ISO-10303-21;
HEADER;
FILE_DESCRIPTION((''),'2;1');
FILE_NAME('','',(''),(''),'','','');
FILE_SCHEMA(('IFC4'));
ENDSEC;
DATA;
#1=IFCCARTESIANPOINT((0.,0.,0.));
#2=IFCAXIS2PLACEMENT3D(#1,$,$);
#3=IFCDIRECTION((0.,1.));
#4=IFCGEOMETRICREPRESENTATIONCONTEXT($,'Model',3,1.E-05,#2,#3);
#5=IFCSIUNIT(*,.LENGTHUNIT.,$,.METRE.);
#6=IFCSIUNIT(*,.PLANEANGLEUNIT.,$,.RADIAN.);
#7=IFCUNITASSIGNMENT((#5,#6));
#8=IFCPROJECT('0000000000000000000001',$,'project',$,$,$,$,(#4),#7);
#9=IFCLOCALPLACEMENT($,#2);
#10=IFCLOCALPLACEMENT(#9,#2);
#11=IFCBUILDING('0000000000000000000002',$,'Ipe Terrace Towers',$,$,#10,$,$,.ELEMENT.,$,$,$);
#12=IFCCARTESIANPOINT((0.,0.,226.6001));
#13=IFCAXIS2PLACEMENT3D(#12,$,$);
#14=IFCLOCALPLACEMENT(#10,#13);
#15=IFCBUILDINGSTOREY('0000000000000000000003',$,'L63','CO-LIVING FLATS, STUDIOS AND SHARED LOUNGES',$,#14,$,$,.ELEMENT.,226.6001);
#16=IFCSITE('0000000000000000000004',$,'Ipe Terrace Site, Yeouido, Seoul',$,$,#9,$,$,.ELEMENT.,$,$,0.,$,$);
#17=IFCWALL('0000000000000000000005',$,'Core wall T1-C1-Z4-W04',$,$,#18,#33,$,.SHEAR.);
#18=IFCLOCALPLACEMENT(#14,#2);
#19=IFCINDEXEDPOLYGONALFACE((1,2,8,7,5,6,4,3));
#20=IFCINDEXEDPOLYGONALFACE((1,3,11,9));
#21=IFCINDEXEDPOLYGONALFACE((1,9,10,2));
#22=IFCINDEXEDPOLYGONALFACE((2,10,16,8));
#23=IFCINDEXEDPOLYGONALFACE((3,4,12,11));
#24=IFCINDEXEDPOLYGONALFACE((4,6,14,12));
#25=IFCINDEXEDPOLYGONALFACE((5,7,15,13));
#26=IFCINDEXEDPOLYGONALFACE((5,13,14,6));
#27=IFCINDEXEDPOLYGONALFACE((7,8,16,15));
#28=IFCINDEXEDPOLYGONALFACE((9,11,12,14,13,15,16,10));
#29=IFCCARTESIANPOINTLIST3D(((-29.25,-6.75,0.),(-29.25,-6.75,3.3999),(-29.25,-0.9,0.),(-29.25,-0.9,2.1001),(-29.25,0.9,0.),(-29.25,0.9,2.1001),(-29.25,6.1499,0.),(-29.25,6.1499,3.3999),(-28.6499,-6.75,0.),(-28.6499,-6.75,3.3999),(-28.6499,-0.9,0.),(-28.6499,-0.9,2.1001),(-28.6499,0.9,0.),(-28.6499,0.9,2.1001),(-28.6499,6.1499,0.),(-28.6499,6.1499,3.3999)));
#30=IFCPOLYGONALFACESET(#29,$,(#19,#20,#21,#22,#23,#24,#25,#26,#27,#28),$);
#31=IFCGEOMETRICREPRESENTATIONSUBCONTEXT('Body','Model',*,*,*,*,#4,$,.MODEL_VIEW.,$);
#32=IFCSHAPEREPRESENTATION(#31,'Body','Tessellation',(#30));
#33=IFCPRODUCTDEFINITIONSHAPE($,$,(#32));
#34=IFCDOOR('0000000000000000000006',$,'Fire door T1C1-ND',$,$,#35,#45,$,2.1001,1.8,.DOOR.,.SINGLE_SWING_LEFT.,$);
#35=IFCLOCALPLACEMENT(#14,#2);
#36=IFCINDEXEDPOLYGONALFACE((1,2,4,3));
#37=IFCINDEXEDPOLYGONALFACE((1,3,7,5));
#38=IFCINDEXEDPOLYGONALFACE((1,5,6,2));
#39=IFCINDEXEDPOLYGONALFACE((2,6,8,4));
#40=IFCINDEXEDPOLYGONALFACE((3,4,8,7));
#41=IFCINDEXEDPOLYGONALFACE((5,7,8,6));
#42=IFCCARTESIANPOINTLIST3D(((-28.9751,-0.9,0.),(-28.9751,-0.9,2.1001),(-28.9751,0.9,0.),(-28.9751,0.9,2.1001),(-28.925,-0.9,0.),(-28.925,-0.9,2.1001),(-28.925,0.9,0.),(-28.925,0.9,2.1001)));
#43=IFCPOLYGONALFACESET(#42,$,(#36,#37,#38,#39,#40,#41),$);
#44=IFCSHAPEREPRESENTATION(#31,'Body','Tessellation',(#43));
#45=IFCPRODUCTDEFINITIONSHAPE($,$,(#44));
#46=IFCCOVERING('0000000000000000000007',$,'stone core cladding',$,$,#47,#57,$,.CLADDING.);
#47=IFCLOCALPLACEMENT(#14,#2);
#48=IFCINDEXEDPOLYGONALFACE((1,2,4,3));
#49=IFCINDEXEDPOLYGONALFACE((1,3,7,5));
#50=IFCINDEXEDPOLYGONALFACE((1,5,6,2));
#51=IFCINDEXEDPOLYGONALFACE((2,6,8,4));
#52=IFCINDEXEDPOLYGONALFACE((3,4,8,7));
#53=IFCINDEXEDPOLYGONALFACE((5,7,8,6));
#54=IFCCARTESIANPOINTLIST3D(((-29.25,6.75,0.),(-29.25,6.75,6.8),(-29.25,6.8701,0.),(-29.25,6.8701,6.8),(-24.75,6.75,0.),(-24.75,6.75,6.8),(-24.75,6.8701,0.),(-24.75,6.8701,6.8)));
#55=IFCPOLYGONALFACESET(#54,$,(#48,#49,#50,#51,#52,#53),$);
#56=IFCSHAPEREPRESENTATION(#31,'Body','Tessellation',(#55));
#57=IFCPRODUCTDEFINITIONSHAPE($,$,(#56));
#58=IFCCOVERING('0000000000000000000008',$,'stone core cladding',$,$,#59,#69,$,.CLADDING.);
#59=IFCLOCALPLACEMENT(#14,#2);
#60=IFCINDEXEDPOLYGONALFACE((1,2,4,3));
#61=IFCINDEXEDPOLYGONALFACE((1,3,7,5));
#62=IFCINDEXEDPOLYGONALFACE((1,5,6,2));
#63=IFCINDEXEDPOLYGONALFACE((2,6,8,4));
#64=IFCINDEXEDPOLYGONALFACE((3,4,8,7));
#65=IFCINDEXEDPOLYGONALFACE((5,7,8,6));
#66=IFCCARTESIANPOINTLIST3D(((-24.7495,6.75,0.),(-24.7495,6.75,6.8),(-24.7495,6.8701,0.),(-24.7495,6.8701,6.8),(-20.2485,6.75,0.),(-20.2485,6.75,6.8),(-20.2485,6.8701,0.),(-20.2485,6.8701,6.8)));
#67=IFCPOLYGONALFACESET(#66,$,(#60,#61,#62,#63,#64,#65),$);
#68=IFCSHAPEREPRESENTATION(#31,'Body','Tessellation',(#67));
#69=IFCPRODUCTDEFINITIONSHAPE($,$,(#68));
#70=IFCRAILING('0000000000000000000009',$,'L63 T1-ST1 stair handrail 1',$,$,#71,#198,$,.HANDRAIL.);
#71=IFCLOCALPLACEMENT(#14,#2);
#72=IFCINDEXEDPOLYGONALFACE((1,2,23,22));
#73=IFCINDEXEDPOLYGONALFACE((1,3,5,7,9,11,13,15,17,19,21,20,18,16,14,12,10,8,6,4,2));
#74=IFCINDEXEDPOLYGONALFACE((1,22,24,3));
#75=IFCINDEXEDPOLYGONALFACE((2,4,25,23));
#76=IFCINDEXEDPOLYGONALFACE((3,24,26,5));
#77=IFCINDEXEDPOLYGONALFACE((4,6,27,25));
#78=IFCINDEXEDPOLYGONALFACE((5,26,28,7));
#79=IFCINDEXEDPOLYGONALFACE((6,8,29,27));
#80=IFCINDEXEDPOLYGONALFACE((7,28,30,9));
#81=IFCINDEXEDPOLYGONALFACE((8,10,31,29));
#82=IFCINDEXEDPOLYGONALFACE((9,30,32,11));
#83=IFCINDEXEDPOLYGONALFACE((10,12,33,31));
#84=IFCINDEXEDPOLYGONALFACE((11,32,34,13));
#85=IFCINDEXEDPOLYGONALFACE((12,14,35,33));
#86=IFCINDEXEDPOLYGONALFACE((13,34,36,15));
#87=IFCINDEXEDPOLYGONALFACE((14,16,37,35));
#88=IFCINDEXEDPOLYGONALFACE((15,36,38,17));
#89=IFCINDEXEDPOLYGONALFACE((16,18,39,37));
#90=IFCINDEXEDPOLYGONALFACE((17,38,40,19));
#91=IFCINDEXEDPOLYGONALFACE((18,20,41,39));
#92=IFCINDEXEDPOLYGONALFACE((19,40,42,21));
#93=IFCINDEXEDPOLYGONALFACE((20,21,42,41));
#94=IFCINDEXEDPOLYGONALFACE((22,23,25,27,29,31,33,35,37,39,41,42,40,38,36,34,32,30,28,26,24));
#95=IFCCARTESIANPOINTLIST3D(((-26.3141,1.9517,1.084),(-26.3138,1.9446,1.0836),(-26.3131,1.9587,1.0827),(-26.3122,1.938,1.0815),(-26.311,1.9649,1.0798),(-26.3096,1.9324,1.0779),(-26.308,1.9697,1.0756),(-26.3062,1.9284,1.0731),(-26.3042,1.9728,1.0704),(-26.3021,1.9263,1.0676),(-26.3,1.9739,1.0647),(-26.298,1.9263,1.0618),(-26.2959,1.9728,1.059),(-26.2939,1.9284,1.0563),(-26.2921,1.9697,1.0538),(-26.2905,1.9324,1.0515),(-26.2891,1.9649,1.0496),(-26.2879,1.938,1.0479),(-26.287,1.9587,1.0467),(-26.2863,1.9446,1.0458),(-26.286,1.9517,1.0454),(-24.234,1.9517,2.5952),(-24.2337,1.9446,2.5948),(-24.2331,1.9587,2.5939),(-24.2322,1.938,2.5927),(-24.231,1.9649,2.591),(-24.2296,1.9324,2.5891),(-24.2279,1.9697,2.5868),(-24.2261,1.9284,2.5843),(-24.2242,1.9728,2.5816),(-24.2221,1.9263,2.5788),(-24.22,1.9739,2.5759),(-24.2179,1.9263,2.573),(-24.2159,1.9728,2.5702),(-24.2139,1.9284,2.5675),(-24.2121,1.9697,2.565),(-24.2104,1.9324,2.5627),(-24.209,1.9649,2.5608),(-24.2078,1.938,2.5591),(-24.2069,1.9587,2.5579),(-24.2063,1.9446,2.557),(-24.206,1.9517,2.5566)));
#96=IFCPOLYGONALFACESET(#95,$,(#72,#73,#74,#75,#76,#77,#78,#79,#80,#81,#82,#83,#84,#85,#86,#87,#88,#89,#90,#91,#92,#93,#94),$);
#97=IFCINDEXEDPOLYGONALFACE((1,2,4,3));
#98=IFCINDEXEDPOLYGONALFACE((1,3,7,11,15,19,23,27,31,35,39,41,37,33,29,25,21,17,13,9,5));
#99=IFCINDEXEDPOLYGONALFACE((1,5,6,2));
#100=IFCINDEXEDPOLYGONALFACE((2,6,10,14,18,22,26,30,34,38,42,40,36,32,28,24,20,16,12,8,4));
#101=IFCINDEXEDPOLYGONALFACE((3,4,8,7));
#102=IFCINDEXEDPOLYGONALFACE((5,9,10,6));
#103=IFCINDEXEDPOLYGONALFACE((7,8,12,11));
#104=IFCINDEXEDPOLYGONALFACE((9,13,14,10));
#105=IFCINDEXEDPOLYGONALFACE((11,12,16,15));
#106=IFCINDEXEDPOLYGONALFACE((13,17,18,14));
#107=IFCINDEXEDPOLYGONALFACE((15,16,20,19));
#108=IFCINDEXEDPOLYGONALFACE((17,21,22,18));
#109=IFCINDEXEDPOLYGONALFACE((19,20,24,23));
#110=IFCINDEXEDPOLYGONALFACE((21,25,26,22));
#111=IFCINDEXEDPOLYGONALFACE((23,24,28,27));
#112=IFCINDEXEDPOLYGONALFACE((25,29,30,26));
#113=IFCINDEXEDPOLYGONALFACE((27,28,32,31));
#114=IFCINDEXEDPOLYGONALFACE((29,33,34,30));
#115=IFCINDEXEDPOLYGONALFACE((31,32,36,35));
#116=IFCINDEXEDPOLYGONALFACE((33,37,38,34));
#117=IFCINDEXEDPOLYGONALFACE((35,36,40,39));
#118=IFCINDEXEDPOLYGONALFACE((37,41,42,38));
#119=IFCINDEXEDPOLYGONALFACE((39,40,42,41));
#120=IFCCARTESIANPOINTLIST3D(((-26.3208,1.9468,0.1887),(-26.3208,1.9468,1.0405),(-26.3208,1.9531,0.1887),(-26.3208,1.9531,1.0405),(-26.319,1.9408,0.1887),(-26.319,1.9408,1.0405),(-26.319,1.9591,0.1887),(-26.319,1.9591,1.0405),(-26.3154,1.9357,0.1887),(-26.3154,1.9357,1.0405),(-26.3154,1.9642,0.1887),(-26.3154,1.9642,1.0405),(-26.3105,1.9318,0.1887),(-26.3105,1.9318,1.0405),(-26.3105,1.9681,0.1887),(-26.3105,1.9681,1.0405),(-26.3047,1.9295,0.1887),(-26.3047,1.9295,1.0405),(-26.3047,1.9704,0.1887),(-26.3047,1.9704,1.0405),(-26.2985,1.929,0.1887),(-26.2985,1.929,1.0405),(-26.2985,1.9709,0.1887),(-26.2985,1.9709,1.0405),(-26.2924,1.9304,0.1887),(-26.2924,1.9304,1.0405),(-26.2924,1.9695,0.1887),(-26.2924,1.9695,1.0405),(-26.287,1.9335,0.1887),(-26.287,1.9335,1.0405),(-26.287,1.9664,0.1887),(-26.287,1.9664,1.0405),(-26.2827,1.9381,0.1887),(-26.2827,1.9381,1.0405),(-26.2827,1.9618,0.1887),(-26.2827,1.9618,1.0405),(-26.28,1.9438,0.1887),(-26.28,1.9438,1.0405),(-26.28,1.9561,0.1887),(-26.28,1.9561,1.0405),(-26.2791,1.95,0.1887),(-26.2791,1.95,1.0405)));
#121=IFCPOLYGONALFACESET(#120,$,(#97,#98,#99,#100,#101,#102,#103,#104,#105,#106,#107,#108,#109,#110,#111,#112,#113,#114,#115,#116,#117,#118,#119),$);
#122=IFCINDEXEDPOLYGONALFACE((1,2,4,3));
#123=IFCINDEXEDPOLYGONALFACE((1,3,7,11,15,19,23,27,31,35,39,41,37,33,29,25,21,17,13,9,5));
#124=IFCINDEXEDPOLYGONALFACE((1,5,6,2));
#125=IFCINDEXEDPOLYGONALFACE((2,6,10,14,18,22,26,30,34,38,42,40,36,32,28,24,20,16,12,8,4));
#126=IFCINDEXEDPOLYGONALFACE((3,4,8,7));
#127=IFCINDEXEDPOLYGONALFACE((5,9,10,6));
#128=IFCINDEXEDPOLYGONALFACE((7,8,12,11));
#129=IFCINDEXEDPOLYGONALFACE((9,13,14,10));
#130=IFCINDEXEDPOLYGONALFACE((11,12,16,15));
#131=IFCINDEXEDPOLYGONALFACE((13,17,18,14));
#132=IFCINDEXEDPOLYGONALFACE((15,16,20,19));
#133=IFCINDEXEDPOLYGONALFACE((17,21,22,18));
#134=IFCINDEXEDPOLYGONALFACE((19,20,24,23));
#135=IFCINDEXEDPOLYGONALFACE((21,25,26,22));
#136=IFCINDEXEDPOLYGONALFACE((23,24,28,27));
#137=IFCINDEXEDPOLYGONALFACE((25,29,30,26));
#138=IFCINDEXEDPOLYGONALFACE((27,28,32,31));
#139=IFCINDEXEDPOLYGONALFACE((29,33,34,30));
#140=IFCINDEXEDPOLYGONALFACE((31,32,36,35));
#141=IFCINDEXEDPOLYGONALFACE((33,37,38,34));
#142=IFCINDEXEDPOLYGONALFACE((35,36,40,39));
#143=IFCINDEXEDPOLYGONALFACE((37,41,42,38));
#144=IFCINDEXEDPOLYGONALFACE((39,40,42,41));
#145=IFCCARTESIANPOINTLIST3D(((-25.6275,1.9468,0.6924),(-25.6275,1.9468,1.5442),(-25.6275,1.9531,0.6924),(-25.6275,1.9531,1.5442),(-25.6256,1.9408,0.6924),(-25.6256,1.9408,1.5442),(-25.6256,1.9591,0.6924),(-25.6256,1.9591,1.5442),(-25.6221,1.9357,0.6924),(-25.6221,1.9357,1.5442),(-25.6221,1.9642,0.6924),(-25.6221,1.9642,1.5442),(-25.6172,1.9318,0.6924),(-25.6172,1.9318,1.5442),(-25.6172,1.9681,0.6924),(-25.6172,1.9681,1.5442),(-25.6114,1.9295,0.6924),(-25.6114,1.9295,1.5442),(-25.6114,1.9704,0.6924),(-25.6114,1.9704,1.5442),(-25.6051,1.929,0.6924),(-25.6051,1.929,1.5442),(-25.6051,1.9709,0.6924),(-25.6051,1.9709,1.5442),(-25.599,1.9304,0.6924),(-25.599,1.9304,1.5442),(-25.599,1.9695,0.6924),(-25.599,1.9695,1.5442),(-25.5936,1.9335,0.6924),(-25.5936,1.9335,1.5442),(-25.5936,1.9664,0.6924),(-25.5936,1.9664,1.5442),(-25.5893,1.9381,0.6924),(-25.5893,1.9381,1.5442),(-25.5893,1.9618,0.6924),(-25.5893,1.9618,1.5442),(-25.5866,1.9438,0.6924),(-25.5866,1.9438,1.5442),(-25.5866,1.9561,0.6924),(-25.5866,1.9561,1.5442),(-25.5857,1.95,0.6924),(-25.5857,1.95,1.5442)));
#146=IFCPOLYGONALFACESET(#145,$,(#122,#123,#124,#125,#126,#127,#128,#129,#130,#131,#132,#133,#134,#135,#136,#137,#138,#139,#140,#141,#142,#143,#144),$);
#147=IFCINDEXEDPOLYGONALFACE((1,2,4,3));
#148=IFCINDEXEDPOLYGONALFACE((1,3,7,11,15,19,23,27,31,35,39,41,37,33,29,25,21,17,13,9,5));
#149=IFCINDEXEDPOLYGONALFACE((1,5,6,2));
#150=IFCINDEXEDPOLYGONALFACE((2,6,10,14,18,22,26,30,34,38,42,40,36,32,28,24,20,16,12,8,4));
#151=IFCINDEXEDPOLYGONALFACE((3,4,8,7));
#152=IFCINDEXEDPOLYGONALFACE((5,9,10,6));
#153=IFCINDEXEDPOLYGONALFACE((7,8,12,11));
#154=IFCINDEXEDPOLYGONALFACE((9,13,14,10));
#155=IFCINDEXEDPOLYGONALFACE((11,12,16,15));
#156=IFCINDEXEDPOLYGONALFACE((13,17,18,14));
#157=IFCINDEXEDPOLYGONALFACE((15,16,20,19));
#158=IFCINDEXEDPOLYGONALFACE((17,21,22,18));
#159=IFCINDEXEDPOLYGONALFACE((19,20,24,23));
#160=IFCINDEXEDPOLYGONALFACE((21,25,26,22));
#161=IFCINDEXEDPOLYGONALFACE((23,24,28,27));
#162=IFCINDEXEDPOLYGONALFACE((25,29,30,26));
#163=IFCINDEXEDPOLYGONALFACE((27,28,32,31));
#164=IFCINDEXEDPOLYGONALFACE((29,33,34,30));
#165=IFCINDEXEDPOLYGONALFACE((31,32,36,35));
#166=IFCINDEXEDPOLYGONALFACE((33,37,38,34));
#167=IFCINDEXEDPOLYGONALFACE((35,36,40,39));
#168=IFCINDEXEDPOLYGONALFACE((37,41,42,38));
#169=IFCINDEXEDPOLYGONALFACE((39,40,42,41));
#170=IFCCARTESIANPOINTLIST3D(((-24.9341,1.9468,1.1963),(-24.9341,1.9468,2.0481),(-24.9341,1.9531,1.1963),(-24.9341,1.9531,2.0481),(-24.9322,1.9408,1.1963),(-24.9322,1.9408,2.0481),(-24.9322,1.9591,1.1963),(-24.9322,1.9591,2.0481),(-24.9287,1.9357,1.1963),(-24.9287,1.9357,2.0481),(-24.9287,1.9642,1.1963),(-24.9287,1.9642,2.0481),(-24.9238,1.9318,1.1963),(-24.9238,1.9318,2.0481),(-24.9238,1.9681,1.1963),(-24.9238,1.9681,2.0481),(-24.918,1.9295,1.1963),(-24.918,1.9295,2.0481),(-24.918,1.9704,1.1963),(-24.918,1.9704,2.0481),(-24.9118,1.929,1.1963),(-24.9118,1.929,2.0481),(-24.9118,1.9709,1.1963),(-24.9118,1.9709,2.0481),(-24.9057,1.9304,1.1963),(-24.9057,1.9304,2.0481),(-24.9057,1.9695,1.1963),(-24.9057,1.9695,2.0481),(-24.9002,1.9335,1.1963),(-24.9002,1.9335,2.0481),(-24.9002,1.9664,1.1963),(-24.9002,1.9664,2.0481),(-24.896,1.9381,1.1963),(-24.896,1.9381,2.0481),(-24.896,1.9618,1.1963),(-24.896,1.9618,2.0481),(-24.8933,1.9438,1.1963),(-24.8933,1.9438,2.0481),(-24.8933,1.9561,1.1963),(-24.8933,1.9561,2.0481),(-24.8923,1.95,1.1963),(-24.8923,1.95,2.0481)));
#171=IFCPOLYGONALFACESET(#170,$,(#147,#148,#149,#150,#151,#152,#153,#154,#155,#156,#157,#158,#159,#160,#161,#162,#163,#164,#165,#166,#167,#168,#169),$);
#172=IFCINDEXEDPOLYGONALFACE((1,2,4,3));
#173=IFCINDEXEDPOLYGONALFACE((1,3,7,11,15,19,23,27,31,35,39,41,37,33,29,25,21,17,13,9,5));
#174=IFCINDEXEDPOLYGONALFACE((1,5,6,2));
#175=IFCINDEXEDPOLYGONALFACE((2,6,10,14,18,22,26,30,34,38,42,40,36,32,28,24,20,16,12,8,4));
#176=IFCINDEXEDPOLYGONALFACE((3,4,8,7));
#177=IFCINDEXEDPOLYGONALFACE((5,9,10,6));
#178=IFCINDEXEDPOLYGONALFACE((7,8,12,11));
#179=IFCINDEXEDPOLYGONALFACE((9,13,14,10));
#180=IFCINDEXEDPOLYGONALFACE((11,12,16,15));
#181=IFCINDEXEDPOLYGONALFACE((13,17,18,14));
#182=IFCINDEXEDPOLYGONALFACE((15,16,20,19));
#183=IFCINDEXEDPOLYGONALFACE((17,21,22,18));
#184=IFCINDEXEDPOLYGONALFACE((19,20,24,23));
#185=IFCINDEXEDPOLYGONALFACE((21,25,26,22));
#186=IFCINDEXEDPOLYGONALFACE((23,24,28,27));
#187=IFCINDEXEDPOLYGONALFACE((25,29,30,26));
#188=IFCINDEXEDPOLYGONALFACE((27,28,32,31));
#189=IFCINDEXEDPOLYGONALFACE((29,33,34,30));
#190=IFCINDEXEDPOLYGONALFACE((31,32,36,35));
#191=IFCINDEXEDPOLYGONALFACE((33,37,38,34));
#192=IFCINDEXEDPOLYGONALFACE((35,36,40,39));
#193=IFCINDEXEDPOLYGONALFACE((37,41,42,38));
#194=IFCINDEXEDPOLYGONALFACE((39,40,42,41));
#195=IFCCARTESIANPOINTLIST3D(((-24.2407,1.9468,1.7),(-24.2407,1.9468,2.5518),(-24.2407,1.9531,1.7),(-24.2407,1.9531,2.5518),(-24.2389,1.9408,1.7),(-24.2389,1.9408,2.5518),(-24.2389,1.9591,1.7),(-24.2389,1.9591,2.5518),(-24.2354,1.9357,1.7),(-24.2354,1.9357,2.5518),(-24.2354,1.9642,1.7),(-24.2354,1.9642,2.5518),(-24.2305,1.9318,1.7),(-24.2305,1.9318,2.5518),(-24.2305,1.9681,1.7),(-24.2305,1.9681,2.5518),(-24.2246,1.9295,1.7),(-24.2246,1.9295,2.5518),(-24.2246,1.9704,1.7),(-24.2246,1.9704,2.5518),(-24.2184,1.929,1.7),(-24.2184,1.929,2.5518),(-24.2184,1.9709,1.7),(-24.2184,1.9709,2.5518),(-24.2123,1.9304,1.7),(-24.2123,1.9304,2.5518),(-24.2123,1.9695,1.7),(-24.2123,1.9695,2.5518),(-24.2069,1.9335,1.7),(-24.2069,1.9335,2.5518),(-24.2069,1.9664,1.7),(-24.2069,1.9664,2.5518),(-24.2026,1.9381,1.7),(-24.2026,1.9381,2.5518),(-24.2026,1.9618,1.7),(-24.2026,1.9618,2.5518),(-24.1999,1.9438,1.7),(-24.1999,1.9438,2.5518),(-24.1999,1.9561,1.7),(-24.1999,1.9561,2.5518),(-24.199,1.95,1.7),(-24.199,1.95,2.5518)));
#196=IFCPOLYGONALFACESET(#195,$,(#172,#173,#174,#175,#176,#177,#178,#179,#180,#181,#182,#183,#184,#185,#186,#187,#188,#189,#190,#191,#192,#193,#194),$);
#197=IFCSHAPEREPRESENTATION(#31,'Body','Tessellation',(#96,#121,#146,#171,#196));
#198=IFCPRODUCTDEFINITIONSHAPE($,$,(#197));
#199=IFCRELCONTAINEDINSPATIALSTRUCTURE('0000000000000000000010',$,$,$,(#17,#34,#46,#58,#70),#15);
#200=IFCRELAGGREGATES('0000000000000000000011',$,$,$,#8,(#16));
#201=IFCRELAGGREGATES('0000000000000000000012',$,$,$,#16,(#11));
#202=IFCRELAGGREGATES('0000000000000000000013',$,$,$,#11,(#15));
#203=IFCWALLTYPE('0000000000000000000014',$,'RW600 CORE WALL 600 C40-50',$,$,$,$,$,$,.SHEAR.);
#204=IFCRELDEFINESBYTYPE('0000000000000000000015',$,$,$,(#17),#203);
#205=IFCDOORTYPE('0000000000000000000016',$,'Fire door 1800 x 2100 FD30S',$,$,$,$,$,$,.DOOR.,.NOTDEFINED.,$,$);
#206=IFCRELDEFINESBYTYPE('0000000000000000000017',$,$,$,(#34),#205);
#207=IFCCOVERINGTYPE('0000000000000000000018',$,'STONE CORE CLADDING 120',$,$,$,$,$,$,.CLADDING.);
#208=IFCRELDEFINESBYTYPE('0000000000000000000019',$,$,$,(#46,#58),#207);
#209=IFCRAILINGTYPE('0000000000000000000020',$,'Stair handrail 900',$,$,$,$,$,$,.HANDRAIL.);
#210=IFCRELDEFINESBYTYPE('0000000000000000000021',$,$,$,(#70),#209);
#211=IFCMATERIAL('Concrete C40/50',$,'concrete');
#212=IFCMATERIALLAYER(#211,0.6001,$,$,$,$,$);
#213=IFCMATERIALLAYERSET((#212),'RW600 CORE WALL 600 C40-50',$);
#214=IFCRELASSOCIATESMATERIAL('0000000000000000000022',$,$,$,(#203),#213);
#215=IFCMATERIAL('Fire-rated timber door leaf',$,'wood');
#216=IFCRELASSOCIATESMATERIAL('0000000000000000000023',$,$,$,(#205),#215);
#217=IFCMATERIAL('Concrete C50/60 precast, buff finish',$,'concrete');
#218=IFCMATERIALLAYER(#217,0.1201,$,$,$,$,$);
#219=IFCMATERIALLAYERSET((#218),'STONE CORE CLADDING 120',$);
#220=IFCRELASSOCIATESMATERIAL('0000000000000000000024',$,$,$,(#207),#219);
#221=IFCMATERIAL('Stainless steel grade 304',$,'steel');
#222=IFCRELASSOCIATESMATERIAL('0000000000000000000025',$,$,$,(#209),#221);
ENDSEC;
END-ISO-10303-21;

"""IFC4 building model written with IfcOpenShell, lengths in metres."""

from ifc_helpers import new_model, si_unit, direction, frame, frame_2d, origin, origin_2d, place, context, subcontext, project, spatial, rectangle, circle, extrude, material, layer, layer_set, type_object, element, fill, save


model = new_model("IFC4")

# Units and contexts
model_context = context("Model", 3, precision=1e-05, world=origin(), true_north=direction((0.0, 1.0)))
body_context = subcontext(model_context, "Body", "Model", "MODEL_VIEW")
ifc_project = project(units=[si_unit("LENGTHUNIT", "METRE"), si_unit("PLANEANGLEUNIT", "RADIAN")], contexts=[model_context])

# Site, building, storey
site_placement = place(None, origin())
site = spatial("IfcSite", under=ifc_project, at=site_placement, Name="Ipe Terrace Site, Yeouido, Seoul", CompositionType="ELEMENT", RefElevation=0.0)
building_placement = place(site_placement, origin())
building = spatial("IfcBuilding", under=site, at=building_placement, Name="Ipe Terrace Towers", CompositionType="ELEMENT")
storey_placement = place(building_placement, frame((0.0, 0.0, 226.6001)))
storey = spatial("IfcBuildingStorey", under=building, at=storey_placement, Name="L63", Description="CO-LIVING FLATS, STUDIOS AND SHARED LOUNGES", CompositionType="ELEMENT", Elevation=226.6001)

# Wall, opening, door
ifc_material_1 = material(Name="Concrete C40/50", Category="concrete")
ifc_layer_1 = layer(ifc_material_1, 0.6001)
ifc_layer_set_1 = layer_set([ifc_layer_1], Name="RW600 CORE WALL 600 C40-50")
wall_type_1 = type_object("IfcWallType", Name="RW600 CORE WALL 600 C40-50", PredefinedType="SHEAR", material=ifc_layer_set_1)
wall_1_placement = place(storey_placement, frame((-28.95, 6.1499, 0.0), z_axis=(0.0, 0.0, 1.0), x_axis=(0.0, -1.0, 0.0)))
wall_1 = element("IfcWall", 1, at=wall_1_placement, inside=storey, type_object=wall_type_1, Name="Core wall T1-C1-Z4-W04", PredefinedType="SHEAR", context=body_context, shape_type="SweptSolid", body=[
    extrude(rectangle(XDim=12.8999, YDim=0.6001, at=frame_2d((6.45, 0.0))), origin(), (0.0, 0.0, 1.0), 3.3999),
])
opening_1_placement = place(wall_1_placement, frame((5.25, 0.0, 0.0)))
opening_1 = element("IfcOpeningElement", 2, at=opening_1_placement, cuts=wall_1, PredefinedType="OPENING", context=body_context, shape_type="SweptSolid", body=[
    extrude(rectangle(XDim=1.8, YDim=2.1001, at=frame_2d((0.8999, 1.05))), frame((0.0, 0.3101, 0.0), z_axis=(0.0, -1.0, 0.0), x_axis=(1.0, 0.0, 0.0)), (0.0, 0.0, 1.0), 0.6201),
])
ifc_material_2 = material(Name="Fire-rated timber door leaf", Category="wood")
door_type_1 = type_object("IfcDoorType", Name="Fire door 1800 x 2100 FD30S", OperationType="NOTDEFINED", PredefinedType="DOOR", material=ifc_material_2)
door_1_placement = place(opening_1_placement, origin())
door_1 = element("IfcDoor", 3, at=door_1_placement, inside=storey, type_object=door_type_1, Name="Fire door T1C1-ND", OperationType="SINGLE_SWING_LEFT", OverallHeight=2.1001, OverallWidth=1.8, PredefinedType="DOOR", context=body_context, shape_type="SweptSolid", body=[
    extrude(rectangle(XDim=1.8, YDim=2.1001, at=frame_2d((0.8999, 1.05))), frame((0.0, 0.0249, 0.0), z_axis=(0.0, -1.0, 0.0), x_axis=(1.0, 0.0, 0.0)), (0.0, 0.0, 1.0), 0.05),
])
fill(opening_1, door_1)

# Coverings
ifc_material_3 = material(Name="Concrete C50/60 precast, buff finish", Category="concrete")
ifc_layer_2 = layer(ifc_material_3, 0.1201)
ifc_layer_set_2 = layer_set([ifc_layer_2], Name="STONE CORE CLADDING 120")
covering_type = type_object("IfcCoveringType", Name="STONE CORE CLADDING 120", PredefinedType="CLADDING", material=ifc_layer_set_2)
covering_1_placement = place(storey_placement, frame((-27.0, 6.8101, 0.0), z_axis=(0.0, 0.0, 1.0), x_axis=(-1.0, 0.0, 0.0)))
element("IfcCovering", 4, at=covering_1_placement, inside=storey, type_object=covering_type, Name="stone core cladding", PredefinedType="CLADDING", context=body_context, shape_type="SweptSolid", body=[
    extrude(rectangle(XDim=4.5, YDim=0.1201, at=origin_2d()), origin(), (0.0, 0.0, 1.0), 6.8),
])
covering_2_placement = place(storey_placement, frame((-22.499, 6.8101, 0.0), z_axis=(0.0, 0.0, 1.0), x_axis=(-1.0, 0.0, 0.0)))
element("IfcCovering", 5, at=covering_2_placement, inside=storey, type_object=covering_type, Name="stone core cladding", PredefinedType="CLADDING", context=body_context, shape_type="SweptSolid", body=[
    extrude(rectangle(XDim=4.501, YDim=0.1201, at=origin_2d()), origin(), (0.0, 0.0, 1.0), 6.8),
])

# Railing
ifc_material_4 = material(Name="Stainless steel grade 304", Category="steel")
railing_type_1 = type_object("IfcRailingType", Name="Stair handrail 900", PredefinedType="HANDRAIL", material=ifc_material_4)
railing_1_placement = place(storey_placement, frame((-26.3, 1.95, 0.1887)))
element("IfcRailing", 6, at=railing_1_placement, inside=storey, type_object=railing_type_1, Name="L63 T1-ST1 stair handrail 1", PredefinedType="HANDRAIL", context=body_context, shape_type="SweptSolid", body=[
    extrude(circle(Radius=0.0239, at=origin_2d()), frame((0.0, 0.0, 0.876), z_axis=(0.809023, 0.0, 0.587776), x_axis=(0.0, 1.0, 0.0)), (0.0, 0.0, 1.0), 2.571),
    extrude(circle(Radius=0.021, at=origin_2d()), origin(), (0.0, 0.0, 1.0), 0.8518),
    extrude(circle(Radius=0.021, at=origin_2d()), frame((0.6934, 0.0, 0.5037)), (0.0, 0.0, 1.0), 0.8518),
    extrude(circle(Radius=0.021, at=origin_2d()), frame((1.3867, 0.0, 1.0076)), (0.0, 0.0, 1.0), 0.8518),
    extrude(circle(Radius=0.021, at=origin_2d()), frame((2.0801, 0.0, 1.5112)), (0.0, 0.0, 1.0), 0.8518),
])

save(model, "model.ifc")
